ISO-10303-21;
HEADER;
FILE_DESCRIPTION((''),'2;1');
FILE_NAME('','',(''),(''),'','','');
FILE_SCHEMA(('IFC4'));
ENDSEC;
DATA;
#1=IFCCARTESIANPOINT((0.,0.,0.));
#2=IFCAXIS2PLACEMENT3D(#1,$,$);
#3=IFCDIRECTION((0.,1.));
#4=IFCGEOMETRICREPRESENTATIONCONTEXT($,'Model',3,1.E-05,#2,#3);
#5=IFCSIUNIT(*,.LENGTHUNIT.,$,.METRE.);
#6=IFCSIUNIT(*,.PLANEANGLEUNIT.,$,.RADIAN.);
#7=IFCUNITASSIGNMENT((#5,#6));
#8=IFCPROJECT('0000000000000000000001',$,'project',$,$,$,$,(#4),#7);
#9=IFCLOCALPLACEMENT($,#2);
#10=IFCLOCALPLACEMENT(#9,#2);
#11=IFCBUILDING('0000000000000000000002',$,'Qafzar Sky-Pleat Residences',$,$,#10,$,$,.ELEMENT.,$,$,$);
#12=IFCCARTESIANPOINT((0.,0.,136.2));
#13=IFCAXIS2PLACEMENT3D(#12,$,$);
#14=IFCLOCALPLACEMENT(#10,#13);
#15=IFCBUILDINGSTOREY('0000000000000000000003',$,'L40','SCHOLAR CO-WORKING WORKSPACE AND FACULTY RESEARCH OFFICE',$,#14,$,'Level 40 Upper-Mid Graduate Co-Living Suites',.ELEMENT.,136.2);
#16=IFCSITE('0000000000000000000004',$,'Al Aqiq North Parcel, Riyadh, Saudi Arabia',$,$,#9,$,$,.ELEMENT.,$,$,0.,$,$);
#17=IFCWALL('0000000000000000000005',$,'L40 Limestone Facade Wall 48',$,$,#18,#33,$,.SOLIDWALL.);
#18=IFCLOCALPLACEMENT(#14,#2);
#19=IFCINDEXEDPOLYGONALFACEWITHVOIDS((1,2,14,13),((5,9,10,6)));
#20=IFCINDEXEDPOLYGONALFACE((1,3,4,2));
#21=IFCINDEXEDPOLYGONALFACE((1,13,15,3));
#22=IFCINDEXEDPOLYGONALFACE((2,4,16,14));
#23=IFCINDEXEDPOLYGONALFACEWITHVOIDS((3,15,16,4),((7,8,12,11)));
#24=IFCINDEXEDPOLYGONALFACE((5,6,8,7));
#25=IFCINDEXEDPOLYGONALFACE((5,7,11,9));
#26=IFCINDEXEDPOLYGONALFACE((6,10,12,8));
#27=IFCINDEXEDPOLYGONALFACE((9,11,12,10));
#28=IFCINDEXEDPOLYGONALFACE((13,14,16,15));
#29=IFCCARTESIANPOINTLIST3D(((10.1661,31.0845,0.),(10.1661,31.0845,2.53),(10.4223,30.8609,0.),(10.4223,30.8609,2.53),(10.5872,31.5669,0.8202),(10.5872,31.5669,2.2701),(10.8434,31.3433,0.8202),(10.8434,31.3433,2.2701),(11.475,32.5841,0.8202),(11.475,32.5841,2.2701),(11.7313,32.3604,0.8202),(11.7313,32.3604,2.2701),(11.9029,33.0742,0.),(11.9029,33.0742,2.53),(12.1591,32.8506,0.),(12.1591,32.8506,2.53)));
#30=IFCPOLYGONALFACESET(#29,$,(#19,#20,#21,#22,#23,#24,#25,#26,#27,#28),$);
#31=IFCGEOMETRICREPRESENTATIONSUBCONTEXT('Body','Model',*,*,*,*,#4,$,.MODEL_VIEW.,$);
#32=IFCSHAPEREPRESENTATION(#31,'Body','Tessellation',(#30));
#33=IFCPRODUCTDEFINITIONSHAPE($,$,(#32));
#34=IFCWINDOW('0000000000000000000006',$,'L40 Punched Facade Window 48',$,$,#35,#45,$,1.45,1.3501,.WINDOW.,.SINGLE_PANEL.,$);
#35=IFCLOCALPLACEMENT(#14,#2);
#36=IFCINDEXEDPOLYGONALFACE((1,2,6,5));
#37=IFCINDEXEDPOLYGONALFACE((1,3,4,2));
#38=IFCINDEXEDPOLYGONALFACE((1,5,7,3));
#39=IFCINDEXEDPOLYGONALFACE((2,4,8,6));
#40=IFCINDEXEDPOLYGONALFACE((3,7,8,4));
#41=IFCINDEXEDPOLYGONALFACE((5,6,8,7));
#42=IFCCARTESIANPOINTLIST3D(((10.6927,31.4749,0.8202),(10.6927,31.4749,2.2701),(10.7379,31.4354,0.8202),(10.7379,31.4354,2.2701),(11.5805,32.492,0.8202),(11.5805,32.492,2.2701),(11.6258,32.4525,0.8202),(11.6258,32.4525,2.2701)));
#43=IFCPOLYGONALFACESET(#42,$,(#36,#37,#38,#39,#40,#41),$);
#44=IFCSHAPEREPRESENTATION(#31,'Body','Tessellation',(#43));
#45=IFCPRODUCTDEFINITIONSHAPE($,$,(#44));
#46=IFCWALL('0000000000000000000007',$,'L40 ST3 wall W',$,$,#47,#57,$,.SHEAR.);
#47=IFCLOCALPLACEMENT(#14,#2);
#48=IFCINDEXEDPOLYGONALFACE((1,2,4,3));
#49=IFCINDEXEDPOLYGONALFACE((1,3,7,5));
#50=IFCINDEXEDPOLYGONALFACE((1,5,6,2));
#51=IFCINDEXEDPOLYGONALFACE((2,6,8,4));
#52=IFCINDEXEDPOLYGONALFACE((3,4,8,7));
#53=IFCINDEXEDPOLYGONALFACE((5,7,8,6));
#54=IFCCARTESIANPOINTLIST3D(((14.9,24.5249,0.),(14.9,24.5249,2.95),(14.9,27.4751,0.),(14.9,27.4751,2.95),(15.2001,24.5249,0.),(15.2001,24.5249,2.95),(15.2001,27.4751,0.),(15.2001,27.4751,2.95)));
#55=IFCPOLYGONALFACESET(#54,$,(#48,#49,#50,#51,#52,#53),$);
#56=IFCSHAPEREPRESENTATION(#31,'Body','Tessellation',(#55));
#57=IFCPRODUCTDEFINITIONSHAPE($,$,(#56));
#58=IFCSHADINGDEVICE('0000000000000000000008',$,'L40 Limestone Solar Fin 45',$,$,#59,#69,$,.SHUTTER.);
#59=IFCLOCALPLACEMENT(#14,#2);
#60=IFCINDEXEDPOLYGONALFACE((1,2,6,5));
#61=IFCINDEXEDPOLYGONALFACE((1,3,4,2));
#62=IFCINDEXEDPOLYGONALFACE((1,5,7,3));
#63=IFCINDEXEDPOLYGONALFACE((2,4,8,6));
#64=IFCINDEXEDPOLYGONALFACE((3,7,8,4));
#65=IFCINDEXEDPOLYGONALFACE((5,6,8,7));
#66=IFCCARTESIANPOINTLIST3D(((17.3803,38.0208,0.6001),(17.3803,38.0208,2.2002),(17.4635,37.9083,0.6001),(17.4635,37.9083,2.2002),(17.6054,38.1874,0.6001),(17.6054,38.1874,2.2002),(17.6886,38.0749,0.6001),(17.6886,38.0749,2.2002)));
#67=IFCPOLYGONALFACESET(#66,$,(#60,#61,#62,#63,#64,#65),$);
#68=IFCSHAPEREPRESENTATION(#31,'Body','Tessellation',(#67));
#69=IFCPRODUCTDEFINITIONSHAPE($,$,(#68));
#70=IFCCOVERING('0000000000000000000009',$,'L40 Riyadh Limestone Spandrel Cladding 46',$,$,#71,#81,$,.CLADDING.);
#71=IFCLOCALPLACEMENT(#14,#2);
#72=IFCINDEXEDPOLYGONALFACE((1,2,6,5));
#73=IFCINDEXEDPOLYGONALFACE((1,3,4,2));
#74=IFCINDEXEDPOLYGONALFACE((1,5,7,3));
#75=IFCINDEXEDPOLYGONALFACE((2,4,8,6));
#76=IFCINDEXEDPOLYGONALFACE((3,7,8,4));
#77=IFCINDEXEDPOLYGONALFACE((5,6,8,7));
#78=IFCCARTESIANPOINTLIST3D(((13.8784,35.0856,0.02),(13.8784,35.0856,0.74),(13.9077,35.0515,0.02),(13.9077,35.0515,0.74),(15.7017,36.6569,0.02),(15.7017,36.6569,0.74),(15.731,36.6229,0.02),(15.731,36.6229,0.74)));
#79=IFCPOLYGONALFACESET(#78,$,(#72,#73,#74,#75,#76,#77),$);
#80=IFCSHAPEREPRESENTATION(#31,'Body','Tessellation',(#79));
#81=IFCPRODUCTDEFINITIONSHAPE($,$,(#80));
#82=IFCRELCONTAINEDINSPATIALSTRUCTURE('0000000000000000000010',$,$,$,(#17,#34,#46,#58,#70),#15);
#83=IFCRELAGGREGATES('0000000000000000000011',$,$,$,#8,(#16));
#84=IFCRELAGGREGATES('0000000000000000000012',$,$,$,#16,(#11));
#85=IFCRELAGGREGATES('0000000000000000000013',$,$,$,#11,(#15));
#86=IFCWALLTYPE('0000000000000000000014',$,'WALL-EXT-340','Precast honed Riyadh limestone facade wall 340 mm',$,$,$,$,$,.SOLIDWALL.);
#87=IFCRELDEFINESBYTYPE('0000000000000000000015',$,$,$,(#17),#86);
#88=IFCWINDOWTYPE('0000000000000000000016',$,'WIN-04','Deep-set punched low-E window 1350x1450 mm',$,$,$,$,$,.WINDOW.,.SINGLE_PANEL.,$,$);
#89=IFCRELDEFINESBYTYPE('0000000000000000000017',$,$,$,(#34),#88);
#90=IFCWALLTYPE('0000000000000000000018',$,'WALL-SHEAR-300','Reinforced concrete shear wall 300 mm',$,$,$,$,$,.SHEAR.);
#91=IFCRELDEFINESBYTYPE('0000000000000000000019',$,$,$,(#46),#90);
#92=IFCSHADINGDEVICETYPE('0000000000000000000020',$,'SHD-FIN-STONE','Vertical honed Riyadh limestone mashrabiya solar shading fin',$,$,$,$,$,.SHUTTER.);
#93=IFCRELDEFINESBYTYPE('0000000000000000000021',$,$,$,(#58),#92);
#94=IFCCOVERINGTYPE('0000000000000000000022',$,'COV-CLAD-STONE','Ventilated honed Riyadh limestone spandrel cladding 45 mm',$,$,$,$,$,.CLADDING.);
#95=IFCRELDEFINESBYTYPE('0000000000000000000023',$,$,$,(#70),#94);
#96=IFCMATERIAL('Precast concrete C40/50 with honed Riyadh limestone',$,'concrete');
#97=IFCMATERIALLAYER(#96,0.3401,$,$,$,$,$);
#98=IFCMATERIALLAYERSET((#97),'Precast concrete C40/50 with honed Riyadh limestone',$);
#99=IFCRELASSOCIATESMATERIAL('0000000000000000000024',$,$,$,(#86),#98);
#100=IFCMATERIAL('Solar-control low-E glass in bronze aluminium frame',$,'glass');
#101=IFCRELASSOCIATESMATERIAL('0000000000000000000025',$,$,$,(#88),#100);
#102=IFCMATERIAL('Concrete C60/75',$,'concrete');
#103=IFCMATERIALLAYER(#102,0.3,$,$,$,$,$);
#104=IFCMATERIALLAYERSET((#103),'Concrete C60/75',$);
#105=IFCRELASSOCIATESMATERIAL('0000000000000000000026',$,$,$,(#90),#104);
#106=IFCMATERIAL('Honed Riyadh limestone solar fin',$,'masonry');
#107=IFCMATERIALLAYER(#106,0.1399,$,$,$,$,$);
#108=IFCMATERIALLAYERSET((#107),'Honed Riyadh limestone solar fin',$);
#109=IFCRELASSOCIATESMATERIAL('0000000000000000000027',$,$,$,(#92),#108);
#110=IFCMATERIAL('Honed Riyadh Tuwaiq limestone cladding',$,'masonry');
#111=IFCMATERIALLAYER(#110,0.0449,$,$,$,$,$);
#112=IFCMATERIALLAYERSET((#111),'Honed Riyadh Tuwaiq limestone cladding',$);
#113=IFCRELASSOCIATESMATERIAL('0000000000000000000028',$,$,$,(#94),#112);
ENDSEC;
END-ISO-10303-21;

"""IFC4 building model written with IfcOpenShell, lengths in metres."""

from ifc_helpers import new_model, si_unit, direction, frame, frame_2d, origin, origin_2d, place, context, subcontext, project, spatial, rectangle, extrude, source, transform, mapped, material, layer, layer_set, type_object, element, fill, save


model = new_model("IFC4")

# Units and contexts
model_context = context("Model", 3, precision=1e-05, world=origin(), true_north=direction((0.0, 1.0)))
body_context = subcontext(model_context, "Body", "Model", "MODEL_VIEW")
ifc_project = project(units=[si_unit("LENGTHUNIT", "METRE"), si_unit("PLANEANGLEUNIT", "RADIAN")], contexts=[model_context])

# Site, building, storey
site_placement = place(None, origin())
site = spatial("IfcSite", under=ifc_project, at=site_placement, Name="Al Aqiq North Parcel, Riyadh, Saudi Arabia", CompositionType="ELEMENT", RefElevation=0.0)
building_placement = place(site_placement, origin())
building = spatial("IfcBuilding", under=site, at=building_placement, Name="Qafzar Sky-Pleat Residences", CompositionType="ELEMENT")
storey_placement = place(building_placement, frame((0.0, 0.0, 136.2)))
storey = spatial("IfcBuildingStorey", under=building, at=storey_placement, Name="L40", Description="SCHOLAR CO-WORKING WORKSPACE AND FACULTY RESEARCH OFFICE", LongName="Level 40 Upper-Mid Graduate Co-Living Suites", CompositionType="ELEMENT", Elevation=136.2)

# Shared definitions
ifc_material_1 = material(Name="Concrete C60/75", Category="concrete")

# Wall, opening, window
ifc_material_2 = material(Name="Precast concrete C40/50 with honed Riyadh limestone", Category="concrete")
ifc_layer_1 = layer(ifc_material_2, 0.3401)
ifc_layer_set_1 = layer_set([ifc_layer_1], Name="Precast concrete C40/50 with honed Riyadh limestone")
wall_type_1 = type_object("IfcWallType", Name="WALL-EXT-340", Description="Precast honed Riyadh limestone facade wall 340 mm", PredefinedType="SOLIDWALL", material=ifc_layer_set_1)
ifc_material_3 = material(Name="Solar-control low-E glass in bronze aluminium frame", Category="glass")
wall_1_placement = place(storey_placement, frame((12.031, 32.9624, 0.0), z_axis=(0.0, 0.0, 1.0), x_axis=(-0.657601, -0.753366, 0.0)))
wall_1 = element("IfcWall", 1, at=wall_1_placement, inside=storey, type_object=wall_type_1, Name="L40 Limestone Facade Wall 48", PredefinedType="SOLIDWALL", context=body_context, shape_type="SweptSolid", body=[
    extrude(rectangle(XDim=2.6411, YDim=0.3401, at=frame_2d((1.3206, 0.0))), origin(), (0.0, 0.0, 1.0), 2.53),
])
opening_1_placement = place(wall_1_placement, frame((0.6506, 0.0, 0.8201)))
opening_1 = element("IfcOpeningElement", 2, at=opening_1_placement, cuts=wall_1, PredefinedType="OPENING", context=body_context, shape_type="SweptSolid", body=[
    extrude(rectangle(XDim=1.3501, YDim=1.45, at=frame_2d((0.675, 0.7251))), frame((0.0, 0.1802, 0.0), z_axis=(0.0, -1.0, 0.0), x_axis=(1.0, 0.0, 0.0)), (0.0, 0.0, 1.0), 0.3601),
])
window_type_1 = type_object("IfcWindowType", Name="WIN-04", Description="Deep-set punched low-E window 1350x1450 mm", PartitioningType="SINGLE_PANEL", PredefinedType="WINDOW", material=ifc_material_3)
shared_shape_1 = source(origin(), body_context, "Body", "SweptSolid", [
    extrude(rectangle(XDim=1.3501, YDim=1.45, at=frame_2d((0.675, 0.7251))), frame((0.0, 0.03, 0.0), z_axis=(0.0, -1.0, 0.0), x_axis=(1.0, 0.0, 0.0)), (0.0, 0.0, 1.0), 0.0601),
])
window_1_placement = place(opening_1_placement, origin())
window_1 = element("IfcWindow", 3, at=window_1_placement, inside=storey, type_object=window_type_1, Name="L40 Punched Facade Window 48", OverallHeight=1.45, OverallWidth=1.3501, PartitioningType="SINGLE_PANEL", PredefinedType="WINDOW", context=body_context, shape_type="MappedRepresentation", body=[
    mapped(shared_shape_1, transform((0.0, 0.0, 0.0), x_axis=(1.0, 0.0, 0.0), y_axis=(0.0, 1.0, 0.0), z_axis=(0.0, 0.0, 1.0), scale=1.0)),
])
fill(opening_1, window_1)

# Wall
ifc_layer_2 = layer(ifc_material_1, 0.3)
ifc_layer_set_2 = layer_set([ifc_layer_2], Name="Concrete C60/75")
wall_type_2 = type_object("IfcWallType", Name="WALL-SHEAR-300", Description="Reinforced concrete shear wall 300 mm", PredefinedType="SHEAR", material=ifc_layer_set_2)
wall_2_placement = place(storey_placement, frame((15.05, 27.4751, 0.0), z_axis=(0.0, 0.0, 1.0), x_axis=(0.0, -1.0, 0.0)))
element("IfcWall", 4, at=wall_2_placement, inside=storey, type_object=wall_type_2, Name="L40 ST3 wall W", PredefinedType="SHEAR", context=body_context, shape_type="SweptSolid", body=[
    extrude(rectangle(XDim=2.9502, YDim=0.3, at=frame_2d((1.4751, 0.0))), origin(), (0.0, 0.0, 1.0), 2.95),
])

# Shading device
ifc_material_4 = material(Name="Honed Riyadh limestone solar fin", Category="masonry")
ifc_layer_3 = layer(ifc_material_4, 0.1399)
ifc_layer_set_3 = layer_set([ifc_layer_3], Name="Honed Riyadh limestone solar fin")
shading_device_type = type_object("IfcShadingDeviceType", Name="SHD-FIN-STONE", Description="Vertical honed Riyadh limestone mashrabiya solar shading fin", PredefinedType="SHUTTER", material=ifc_layer_set_3)
shared_shape_2 = source(origin(), body_context, "Body", "SweptSolid", [
    extrude(rectangle(XDim=0.1399, YDim=0.28, at=origin_2d()), origin(), (0.0, 0.0, 1.0), 1.6001),
])
shading_device_placement = place(storey_placement, frame((17.5344, 38.0479, 0.6001), z_axis=(0.0, 0.0, 1.0), x_axis=(-0.594883, 0.803812, 0.0)))
element("IfcShadingDevice", 5, at=shading_device_placement, inside=storey, type_object=shading_device_type, Name="L40 Limestone Solar Fin 45", PredefinedType="SHUTTER", context=body_context, shape_type="MappedRepresentation", body=[
    mapped(shared_shape_2, transform((0.0, 0.0, 0.0), x_axis=(1.0, 0.0, 0.0), y_axis=(0.0, 1.0, 0.0), z_axis=(0.0, 0.0, 1.0), scale=1.0)),
])

# Covering
ifc_material_5 = material(Name="Honed Riyadh Tuwaiq limestone cladding", Category="masonry")
ifc_layer_4 = layer(ifc_material_5, 0.0449)
ifc_layer_set_4 = layer_set([ifc_layer_4], Name="Honed Riyadh Tuwaiq limestone cladding")
covering_type = type_object("IfcCoveringType", Name="COV-CLAD-STONE", Description="Ventilated honed Riyadh limestone spandrel cladding 45 mm", PredefinedType="CLADDING", material=ifc_layer_set_4)
shared_shape_3 = source(origin(), body_context, "Body", "SweptSolid", [
    extrude(rectangle(XDim=2.407, YDim=0.0449, at=origin_2d()), origin(), (0.0, 0.0, 1.0), 0.72),
])
covering_placement = place(storey_placement, frame((14.8047, 35.8542, 0.02), z_axis=(0.0, 0.0, 1.0), x_axis=(-0.757496, -0.65284, 0.0)))
element("IfcCovering", 6, at=covering_placement, inside=storey, type_object=covering_type, Name="L40 Riyadh Limestone Spandrel Cladding 46", PredefinedType="CLADDING", context=body_context, shape_type="MappedRepresentation", body=[
    mapped(shared_shape_3, transform((0.0, 0.0, 0.0), x_axis=(1.0, 0.0, 0.0), y_axis=(0.0, 1.0, 0.0), z_axis=(0.0, 0.0, 1.0), scale=1.0)),
])

save(model, "model.ifc")
